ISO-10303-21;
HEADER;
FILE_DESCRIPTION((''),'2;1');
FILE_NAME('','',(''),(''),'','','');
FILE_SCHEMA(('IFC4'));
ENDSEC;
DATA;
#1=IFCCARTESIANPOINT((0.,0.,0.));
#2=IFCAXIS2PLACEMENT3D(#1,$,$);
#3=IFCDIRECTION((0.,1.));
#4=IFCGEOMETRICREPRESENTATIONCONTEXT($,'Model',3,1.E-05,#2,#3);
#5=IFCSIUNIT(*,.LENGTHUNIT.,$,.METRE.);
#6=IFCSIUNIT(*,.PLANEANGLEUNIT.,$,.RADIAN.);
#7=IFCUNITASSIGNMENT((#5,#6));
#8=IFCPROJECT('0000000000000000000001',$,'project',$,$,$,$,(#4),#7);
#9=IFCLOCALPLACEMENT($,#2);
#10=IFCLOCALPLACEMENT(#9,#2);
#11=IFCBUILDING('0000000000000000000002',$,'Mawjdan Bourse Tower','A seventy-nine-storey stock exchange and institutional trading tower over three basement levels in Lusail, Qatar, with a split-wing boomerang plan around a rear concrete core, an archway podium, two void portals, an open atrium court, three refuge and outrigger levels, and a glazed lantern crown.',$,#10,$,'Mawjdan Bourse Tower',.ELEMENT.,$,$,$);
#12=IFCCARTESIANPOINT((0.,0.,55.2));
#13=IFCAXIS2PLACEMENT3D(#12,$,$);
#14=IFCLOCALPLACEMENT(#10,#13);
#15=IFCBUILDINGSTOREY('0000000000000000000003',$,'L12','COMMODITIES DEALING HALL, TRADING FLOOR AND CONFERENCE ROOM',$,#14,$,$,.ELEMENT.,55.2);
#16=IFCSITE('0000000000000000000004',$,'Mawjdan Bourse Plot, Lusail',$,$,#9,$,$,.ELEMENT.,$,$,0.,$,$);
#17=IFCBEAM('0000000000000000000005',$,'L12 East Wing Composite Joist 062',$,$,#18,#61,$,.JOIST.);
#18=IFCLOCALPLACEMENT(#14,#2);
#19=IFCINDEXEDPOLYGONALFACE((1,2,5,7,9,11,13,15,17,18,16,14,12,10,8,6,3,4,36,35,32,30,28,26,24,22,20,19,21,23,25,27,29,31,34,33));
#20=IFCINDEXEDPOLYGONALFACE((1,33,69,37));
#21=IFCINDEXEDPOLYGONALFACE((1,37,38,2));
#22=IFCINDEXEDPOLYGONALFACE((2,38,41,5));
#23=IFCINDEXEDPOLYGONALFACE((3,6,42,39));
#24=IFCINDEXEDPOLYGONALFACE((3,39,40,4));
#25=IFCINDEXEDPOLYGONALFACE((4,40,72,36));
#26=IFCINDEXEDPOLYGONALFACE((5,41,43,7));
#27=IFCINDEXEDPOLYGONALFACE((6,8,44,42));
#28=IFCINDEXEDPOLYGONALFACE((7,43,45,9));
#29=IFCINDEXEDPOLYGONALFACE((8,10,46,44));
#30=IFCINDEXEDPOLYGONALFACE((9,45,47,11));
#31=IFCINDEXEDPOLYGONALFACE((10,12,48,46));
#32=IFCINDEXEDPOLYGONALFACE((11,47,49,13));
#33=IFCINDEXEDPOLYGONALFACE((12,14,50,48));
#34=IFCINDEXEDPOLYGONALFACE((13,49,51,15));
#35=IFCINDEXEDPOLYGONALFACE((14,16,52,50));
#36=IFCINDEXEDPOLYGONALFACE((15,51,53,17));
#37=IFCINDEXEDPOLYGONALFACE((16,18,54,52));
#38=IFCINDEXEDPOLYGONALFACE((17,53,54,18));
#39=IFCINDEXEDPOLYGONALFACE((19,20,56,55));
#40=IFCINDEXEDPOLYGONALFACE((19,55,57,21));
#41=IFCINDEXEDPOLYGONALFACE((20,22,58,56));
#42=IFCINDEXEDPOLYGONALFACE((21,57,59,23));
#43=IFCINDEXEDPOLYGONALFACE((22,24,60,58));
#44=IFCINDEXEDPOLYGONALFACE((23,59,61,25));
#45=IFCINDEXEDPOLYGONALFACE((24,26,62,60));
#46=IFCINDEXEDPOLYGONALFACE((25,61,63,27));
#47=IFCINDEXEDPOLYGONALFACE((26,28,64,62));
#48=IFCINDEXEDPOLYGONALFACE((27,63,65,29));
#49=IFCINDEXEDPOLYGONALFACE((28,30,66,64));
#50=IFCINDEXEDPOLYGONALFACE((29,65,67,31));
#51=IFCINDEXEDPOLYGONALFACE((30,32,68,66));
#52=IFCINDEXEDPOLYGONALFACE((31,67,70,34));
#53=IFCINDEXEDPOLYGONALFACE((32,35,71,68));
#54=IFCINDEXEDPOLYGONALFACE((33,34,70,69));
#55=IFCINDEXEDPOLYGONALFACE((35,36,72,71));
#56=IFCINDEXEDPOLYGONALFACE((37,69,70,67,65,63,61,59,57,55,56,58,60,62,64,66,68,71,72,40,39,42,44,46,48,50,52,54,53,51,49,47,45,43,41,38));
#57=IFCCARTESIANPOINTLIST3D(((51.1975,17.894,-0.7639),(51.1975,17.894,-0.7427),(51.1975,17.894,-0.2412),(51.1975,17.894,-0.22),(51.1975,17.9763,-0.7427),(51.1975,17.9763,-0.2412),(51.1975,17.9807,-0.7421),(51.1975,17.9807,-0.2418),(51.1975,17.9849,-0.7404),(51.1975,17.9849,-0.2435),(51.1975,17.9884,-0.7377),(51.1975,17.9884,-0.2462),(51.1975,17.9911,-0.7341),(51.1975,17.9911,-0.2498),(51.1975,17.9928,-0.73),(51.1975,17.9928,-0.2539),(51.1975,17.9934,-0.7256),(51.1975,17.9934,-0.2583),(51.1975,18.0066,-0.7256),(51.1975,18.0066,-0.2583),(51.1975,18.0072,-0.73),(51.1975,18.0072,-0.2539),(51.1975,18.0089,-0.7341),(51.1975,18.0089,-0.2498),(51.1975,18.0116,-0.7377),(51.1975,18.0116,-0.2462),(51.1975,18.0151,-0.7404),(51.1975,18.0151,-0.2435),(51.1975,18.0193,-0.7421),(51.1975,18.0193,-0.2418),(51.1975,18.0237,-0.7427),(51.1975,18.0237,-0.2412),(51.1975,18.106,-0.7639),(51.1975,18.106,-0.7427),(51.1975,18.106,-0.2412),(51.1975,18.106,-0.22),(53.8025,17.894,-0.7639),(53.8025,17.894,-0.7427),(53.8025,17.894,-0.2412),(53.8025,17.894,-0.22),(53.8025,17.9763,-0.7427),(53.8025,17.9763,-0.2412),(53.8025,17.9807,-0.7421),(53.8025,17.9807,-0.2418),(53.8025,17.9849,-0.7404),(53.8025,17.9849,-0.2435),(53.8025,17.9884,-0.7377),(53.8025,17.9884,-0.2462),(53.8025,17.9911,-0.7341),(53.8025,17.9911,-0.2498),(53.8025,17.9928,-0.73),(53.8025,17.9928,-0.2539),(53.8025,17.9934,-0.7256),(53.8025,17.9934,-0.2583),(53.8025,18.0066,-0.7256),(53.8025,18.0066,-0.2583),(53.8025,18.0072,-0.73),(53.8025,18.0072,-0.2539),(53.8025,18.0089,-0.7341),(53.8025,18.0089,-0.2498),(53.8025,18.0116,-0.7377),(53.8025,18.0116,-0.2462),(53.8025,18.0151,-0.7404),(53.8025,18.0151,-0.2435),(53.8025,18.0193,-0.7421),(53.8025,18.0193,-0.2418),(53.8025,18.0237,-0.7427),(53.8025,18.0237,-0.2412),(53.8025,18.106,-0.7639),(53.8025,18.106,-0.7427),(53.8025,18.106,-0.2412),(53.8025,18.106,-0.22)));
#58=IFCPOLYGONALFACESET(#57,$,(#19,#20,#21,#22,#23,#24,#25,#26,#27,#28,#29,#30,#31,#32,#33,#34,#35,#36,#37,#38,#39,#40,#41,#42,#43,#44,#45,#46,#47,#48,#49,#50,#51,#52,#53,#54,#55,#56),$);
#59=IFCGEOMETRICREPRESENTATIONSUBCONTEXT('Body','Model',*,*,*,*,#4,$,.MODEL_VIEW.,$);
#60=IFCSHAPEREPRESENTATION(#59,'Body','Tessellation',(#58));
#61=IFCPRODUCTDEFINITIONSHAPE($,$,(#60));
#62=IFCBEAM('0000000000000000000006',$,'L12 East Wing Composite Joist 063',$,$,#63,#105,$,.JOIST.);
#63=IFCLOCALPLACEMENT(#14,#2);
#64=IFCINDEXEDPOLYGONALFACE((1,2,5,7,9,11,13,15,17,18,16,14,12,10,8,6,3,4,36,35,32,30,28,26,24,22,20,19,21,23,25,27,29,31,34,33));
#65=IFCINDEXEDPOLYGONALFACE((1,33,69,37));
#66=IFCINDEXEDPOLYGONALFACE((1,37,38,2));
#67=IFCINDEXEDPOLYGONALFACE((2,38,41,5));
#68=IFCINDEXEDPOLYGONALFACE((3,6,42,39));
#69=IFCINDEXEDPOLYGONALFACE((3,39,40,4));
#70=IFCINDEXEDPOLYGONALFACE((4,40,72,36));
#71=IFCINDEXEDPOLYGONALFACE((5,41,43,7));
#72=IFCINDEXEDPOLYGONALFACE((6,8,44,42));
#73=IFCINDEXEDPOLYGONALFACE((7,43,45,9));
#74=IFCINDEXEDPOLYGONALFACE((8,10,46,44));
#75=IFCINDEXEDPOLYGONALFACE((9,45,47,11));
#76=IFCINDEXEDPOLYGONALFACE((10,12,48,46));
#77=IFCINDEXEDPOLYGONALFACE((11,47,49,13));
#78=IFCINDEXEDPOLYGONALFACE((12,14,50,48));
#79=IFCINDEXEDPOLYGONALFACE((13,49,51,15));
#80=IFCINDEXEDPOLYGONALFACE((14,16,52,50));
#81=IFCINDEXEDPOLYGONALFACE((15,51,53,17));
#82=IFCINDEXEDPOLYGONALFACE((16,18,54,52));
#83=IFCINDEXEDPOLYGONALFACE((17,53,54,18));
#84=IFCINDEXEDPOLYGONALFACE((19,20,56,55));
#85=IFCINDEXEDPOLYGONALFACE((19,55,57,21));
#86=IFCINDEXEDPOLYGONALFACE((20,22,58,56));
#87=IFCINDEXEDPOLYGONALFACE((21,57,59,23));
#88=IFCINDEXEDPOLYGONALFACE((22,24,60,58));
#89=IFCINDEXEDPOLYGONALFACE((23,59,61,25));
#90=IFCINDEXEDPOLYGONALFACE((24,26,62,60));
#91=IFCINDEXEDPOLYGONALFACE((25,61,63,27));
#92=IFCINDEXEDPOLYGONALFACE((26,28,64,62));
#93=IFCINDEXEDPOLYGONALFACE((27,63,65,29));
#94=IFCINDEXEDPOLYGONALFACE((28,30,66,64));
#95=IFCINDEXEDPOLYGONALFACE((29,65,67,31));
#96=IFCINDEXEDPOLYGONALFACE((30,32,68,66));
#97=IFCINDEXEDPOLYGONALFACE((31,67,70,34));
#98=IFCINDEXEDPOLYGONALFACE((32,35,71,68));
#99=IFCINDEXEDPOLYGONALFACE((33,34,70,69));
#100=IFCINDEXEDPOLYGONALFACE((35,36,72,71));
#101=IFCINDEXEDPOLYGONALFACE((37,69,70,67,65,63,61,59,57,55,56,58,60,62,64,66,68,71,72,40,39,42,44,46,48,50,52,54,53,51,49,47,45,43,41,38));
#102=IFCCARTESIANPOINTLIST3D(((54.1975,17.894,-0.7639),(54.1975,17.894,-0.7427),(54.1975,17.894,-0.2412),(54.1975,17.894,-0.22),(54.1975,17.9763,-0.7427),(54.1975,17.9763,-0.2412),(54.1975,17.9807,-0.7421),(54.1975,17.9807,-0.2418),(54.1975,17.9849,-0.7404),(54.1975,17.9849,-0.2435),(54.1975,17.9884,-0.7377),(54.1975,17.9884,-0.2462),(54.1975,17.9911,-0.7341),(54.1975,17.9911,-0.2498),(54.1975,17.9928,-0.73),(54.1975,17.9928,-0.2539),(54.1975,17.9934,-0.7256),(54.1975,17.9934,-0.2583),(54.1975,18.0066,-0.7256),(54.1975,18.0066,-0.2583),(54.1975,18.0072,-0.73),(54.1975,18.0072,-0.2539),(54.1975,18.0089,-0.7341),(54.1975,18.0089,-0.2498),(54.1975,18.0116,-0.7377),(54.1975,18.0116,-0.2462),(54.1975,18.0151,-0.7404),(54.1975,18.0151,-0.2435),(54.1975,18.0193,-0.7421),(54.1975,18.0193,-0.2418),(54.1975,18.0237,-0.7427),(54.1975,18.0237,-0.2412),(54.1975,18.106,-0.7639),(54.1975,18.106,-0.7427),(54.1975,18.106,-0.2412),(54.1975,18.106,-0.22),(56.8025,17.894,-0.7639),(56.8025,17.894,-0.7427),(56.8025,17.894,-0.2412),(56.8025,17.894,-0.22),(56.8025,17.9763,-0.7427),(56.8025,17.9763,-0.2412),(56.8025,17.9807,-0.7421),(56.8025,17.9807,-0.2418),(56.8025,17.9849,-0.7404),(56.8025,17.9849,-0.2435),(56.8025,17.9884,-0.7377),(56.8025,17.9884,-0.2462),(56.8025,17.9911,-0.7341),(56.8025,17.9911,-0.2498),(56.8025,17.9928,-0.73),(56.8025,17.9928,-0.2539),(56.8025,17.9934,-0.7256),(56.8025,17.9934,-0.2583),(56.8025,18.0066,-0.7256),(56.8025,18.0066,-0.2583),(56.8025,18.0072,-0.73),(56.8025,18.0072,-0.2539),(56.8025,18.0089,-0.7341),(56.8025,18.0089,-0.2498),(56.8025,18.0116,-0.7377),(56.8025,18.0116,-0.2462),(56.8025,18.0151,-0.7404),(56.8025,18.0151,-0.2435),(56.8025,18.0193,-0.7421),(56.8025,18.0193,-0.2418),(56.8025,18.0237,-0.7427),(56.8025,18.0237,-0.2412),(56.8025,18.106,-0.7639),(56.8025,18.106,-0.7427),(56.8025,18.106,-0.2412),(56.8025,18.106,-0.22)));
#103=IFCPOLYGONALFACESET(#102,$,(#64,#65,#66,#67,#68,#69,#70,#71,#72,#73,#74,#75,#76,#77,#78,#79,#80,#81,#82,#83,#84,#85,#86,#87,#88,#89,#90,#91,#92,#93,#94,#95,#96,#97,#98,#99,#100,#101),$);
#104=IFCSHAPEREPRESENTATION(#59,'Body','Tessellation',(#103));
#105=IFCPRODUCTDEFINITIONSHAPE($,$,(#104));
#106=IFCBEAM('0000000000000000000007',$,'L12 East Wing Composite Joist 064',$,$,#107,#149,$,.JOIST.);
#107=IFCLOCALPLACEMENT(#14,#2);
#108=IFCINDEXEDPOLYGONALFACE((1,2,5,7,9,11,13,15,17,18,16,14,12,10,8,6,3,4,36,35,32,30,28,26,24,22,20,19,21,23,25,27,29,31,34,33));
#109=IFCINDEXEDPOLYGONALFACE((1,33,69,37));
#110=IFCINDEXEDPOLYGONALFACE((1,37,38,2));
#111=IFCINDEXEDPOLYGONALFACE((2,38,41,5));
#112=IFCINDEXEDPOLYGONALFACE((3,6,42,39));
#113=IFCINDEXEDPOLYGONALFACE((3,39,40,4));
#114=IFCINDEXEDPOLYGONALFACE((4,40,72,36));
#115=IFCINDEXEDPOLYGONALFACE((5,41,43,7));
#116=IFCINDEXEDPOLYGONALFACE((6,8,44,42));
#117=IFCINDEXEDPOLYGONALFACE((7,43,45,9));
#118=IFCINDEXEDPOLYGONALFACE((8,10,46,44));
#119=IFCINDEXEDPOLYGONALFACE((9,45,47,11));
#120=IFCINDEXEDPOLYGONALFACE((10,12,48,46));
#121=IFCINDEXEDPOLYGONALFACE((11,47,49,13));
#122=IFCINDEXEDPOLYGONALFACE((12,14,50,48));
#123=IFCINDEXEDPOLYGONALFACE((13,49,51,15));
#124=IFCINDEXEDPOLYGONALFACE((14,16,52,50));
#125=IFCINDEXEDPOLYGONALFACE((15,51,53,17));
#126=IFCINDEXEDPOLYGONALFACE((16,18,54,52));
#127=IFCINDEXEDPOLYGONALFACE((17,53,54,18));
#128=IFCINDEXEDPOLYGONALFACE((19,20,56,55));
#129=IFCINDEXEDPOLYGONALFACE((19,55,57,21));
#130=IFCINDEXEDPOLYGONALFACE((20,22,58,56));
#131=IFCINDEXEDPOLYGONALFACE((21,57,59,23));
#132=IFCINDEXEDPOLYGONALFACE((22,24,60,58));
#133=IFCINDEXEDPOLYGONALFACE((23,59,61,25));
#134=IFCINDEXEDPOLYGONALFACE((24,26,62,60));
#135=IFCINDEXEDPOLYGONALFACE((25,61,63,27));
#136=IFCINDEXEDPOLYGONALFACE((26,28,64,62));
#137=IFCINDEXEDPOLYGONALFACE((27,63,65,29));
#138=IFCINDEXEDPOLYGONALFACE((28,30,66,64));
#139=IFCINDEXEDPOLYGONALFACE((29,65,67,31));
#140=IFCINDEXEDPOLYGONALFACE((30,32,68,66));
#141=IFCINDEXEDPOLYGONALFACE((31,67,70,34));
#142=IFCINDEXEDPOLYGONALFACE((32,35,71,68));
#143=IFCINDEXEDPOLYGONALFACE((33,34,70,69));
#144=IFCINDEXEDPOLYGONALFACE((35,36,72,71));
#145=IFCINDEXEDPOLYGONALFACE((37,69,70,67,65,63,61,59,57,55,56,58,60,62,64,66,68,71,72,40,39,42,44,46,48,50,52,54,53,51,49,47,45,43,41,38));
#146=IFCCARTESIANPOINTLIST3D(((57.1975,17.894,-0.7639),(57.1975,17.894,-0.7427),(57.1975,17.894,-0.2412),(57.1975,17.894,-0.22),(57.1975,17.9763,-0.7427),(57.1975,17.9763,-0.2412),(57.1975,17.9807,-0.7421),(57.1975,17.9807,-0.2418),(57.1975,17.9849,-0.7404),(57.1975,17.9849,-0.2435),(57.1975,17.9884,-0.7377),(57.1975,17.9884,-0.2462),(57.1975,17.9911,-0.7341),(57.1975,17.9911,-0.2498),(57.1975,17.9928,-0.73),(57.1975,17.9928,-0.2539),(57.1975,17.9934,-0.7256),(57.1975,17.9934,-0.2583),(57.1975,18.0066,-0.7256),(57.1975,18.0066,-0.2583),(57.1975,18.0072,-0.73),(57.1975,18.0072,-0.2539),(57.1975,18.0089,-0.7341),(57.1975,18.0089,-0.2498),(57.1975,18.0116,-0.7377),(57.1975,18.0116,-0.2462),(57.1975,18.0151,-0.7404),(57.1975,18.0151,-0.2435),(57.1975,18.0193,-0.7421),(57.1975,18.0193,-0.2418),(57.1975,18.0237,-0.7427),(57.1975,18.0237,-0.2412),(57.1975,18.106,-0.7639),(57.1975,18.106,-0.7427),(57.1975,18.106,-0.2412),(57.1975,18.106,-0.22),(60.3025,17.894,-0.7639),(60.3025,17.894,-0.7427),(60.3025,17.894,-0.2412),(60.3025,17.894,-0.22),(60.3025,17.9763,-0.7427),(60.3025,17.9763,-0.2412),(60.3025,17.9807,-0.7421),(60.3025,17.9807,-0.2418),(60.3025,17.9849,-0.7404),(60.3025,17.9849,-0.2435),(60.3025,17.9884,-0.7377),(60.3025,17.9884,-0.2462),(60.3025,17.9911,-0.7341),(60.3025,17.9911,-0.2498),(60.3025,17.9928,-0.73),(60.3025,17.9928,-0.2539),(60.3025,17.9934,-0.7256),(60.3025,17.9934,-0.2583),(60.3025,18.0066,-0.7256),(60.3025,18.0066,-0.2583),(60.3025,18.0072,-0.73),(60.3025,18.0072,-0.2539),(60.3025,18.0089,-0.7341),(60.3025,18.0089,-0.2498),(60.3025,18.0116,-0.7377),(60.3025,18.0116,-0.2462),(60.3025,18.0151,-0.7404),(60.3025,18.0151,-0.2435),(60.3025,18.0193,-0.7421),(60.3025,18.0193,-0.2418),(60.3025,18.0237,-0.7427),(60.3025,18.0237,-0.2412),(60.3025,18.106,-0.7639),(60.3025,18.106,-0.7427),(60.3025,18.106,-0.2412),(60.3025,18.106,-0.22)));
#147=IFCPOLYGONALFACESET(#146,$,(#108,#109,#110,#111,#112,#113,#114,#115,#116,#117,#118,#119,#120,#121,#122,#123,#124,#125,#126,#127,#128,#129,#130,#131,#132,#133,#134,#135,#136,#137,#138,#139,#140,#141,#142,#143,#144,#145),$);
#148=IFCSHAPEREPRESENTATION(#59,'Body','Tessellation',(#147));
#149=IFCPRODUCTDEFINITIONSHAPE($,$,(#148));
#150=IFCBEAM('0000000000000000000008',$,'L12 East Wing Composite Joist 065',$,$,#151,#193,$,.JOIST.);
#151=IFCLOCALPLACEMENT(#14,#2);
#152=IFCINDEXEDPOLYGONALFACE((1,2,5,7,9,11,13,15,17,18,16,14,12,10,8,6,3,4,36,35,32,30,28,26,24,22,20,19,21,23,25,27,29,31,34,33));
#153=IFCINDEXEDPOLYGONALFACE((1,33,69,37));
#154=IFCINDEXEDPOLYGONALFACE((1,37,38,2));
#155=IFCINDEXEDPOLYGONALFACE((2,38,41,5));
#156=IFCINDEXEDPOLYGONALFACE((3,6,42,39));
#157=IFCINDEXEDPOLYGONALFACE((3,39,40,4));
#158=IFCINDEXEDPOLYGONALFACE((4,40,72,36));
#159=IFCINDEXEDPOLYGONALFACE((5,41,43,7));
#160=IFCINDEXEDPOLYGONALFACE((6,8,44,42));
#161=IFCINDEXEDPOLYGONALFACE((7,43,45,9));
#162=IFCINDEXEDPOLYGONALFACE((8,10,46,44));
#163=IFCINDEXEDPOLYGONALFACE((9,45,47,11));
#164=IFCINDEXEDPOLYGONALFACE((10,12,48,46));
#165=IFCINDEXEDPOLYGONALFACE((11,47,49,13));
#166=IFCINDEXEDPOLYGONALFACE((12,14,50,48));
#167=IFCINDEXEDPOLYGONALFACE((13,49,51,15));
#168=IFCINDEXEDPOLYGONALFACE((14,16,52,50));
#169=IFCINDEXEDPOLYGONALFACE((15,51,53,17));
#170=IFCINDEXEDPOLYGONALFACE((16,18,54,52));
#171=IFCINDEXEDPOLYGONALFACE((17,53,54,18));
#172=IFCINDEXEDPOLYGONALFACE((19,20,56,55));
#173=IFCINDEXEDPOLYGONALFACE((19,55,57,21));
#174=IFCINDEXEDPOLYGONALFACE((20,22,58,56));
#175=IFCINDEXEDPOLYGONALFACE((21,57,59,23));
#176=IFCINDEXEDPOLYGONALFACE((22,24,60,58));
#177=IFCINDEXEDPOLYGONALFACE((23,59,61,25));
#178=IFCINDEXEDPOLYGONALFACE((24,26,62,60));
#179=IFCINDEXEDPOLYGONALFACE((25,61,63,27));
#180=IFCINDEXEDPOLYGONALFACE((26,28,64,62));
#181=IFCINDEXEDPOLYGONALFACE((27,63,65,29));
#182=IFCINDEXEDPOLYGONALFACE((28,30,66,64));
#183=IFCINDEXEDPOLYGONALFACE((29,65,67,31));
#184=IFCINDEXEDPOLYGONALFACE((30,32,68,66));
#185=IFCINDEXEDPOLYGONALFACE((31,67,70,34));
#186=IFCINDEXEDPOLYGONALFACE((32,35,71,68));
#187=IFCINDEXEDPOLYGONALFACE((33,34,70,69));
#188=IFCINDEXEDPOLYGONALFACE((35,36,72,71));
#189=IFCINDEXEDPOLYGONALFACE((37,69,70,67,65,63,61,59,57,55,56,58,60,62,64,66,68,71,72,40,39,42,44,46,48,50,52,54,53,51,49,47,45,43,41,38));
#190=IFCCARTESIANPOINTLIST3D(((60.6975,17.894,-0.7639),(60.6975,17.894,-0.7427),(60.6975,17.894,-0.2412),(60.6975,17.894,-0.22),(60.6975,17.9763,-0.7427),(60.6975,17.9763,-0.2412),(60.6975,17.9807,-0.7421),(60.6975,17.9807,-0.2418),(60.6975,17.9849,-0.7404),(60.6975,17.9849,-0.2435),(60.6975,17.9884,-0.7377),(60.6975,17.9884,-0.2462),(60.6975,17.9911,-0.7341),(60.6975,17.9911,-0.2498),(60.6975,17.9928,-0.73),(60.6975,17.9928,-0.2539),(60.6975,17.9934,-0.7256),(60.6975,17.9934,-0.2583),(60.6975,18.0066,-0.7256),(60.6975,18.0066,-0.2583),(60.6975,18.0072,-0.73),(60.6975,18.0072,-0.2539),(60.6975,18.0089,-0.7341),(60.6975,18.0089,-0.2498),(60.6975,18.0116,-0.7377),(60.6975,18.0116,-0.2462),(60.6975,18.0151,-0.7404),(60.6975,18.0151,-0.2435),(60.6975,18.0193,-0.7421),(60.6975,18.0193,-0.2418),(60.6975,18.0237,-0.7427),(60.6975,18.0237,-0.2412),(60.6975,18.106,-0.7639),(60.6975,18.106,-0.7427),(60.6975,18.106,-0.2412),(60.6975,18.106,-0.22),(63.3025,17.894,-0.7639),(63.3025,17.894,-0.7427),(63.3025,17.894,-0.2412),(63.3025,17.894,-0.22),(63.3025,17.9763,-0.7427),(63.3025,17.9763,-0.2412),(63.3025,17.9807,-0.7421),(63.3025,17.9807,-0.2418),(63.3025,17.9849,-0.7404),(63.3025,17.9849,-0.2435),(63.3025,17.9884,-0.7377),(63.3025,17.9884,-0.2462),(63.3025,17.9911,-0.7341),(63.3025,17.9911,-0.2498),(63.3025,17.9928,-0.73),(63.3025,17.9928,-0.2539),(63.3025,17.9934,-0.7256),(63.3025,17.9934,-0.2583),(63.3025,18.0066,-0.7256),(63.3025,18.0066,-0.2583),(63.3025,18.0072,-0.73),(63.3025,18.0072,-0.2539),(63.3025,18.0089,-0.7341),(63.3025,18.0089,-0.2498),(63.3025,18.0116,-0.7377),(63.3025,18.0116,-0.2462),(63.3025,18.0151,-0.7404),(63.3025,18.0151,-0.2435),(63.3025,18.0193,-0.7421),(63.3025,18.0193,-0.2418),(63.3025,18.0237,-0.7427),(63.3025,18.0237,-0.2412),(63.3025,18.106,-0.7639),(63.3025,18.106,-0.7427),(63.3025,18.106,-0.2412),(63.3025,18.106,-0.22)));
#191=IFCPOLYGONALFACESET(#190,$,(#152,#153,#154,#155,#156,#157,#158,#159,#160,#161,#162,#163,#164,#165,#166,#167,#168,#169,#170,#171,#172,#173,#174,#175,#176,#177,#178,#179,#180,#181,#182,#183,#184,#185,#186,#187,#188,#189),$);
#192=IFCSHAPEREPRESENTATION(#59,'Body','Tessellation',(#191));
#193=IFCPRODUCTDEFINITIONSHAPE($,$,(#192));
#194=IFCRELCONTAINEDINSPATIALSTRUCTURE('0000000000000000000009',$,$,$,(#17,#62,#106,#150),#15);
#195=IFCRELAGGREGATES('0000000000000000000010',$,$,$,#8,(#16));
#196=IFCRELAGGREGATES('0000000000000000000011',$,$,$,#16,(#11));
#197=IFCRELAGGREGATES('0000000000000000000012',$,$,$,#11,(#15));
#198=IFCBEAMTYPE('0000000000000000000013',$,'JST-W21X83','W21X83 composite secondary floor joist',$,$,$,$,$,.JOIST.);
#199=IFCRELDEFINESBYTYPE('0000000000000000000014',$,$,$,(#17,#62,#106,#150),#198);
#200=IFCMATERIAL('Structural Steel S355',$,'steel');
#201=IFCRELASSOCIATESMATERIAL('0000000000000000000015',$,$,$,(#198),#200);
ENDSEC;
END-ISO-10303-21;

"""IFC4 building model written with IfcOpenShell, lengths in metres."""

from ifc_helpers import new_model, si_unit, direction, frame, origin, origin_2d, place, context, subcontext, project, spatial, i_section, extrude, material, material_profile, profile_set, type_object, element, save


model = new_model("IFC4")

# Units and contexts
model_context = context("Model", 3, precision=1e-05, world=origin(), true_north=direction((0.0, 1.0)))
body_context = subcontext(model_context, "Body", "Model", "MODEL_VIEW")
ifc_project = project(units=[si_unit("LENGTHUNIT", "METRE"), si_unit("PLANEANGLEUNIT", "RADIAN")], contexts=[model_context])

# Site, building, storey
site_placement = place(None, origin())
site = spatial("IfcSite", under=ifc_project, at=site_placement, Name="Mawjdan Bourse Plot, Lusail", CompositionType="ELEMENT", RefElevation=0.0)
building_placement = place(site_placement, origin())
building = spatial("IfcBuilding", under=site, at=building_placement, Name="Mawjdan Bourse Tower", Description="A seventy-nine-storey stock exchange and institutional trading tower over three basement levels in Lusail, Qatar, with a split-wing boomerang plan around a rear concrete core, an archway podium, two void portals, an open atrium court, three refuge and outrigger levels, and a glazed lantern crown.", LongName="Mawjdan Bourse Tower", CompositionType="ELEMENT")
storey_placement = place(building_placement, frame((0.0, 0.0, 55.2)))
storey = spatial("IfcBuildingStorey", under=building, at=storey_placement, Name="L12", Description="COMMODITIES DEALING HALL, TRADING FLOOR AND CONFERENCE ROOM", CompositionType="ELEMENT", Elevation=55.2)

# Beams
ifc_material_1 = material(Name="Structural Steel S355", Category="steel")
ifc_material_profile_1 = material_profile(ifc_material_1, i_section(OverallWidth=0.2119, OverallDepth=0.5439, WebThickness=0.0132, FlangeThickness=0.0212, FilletRadius=0.0171, at=origin_2d()), Name="W21X83")
ifc_profile_set_1 = profile_set([ifc_material_profile_1], Name="Structural Steel S355")
beam_type_1 = type_object("IfcBeamType", Name="JST-W21X83", Description="W21X83 composite secondary floor joist", PredefinedType="JOIST", material=ifc_profile_set_1)
for number, where, z_axis, x_axis, name in (
    (1, (51.1975, 18.0, -0.4919), (1.0, 0.0, 0.0), (0.0, 1.0, 0.0), "L12 East Wing Composite Joist 062"),
    (2, (54.1975, 18.0, -0.4919), (1.0, 0.0, 0.0), (0.0, 1.0, 0.0), "L12 East Wing Composite Joist 063"),
):
    element("IfcBeam", number, at=place(storey_placement, frame(where, z_axis=z_axis, x_axis=x_axis)), inside=storey, type_object=beam_type_1, Name=name, PredefinedType="JOIST", context=body_context, shape_type="SweptSolid", body=[
        extrude(i_section(OverallWidth=0.2119, OverallDepth=0.5439, WebThickness=0.0132, FlangeThickness=0.0212, FilletRadius=0.0171, at=origin_2d()), origin(), (0.0, 0.0, 1.0), 2.605),
    ])
beam_1_placement = place(storey_placement, frame((57.1975, 18.0, -0.4919), z_axis=(1.0, 0.0, 0.0), x_axis=(0.0, 1.0, 0.0)))
element("IfcBeam", 3, at=beam_1_placement, inside=storey, type_object=beam_type_1, Name="L12 East Wing Composite Joist 064", PredefinedType="JOIST", context=body_context, shape_type="SweptSolid", body=[
    extrude(i_section(OverallWidth=0.2119, OverallDepth=0.5439, WebThickness=0.0132, FlangeThickness=0.0212, FilletRadius=0.0171, at=origin_2d()), origin(), (0.0, 0.0, 1.0), 3.105),
])
beam_2_placement = place(storey_placement, frame((60.6975, 18.0, -0.4919), z_axis=(1.0, 0.0, 0.0), x_axis=(0.0, 1.0, 0.0)))
element("IfcBeam", 4, at=beam_2_placement, inside=storey, type_object=beam_type_1, Name="L12 East Wing Composite Joist 065", PredefinedType="JOIST", context=body_context, shape_type="SweptSolid", body=[
    extrude(i_section(OverallWidth=0.2119, OverallDepth=0.5439, WebThickness=0.0132, FlangeThickness=0.0212, FilletRadius=0.0171, at=origin_2d()), origin(), (0.0, 0.0, 1.0), 2.605),
])

save(model, "model.ifc")
